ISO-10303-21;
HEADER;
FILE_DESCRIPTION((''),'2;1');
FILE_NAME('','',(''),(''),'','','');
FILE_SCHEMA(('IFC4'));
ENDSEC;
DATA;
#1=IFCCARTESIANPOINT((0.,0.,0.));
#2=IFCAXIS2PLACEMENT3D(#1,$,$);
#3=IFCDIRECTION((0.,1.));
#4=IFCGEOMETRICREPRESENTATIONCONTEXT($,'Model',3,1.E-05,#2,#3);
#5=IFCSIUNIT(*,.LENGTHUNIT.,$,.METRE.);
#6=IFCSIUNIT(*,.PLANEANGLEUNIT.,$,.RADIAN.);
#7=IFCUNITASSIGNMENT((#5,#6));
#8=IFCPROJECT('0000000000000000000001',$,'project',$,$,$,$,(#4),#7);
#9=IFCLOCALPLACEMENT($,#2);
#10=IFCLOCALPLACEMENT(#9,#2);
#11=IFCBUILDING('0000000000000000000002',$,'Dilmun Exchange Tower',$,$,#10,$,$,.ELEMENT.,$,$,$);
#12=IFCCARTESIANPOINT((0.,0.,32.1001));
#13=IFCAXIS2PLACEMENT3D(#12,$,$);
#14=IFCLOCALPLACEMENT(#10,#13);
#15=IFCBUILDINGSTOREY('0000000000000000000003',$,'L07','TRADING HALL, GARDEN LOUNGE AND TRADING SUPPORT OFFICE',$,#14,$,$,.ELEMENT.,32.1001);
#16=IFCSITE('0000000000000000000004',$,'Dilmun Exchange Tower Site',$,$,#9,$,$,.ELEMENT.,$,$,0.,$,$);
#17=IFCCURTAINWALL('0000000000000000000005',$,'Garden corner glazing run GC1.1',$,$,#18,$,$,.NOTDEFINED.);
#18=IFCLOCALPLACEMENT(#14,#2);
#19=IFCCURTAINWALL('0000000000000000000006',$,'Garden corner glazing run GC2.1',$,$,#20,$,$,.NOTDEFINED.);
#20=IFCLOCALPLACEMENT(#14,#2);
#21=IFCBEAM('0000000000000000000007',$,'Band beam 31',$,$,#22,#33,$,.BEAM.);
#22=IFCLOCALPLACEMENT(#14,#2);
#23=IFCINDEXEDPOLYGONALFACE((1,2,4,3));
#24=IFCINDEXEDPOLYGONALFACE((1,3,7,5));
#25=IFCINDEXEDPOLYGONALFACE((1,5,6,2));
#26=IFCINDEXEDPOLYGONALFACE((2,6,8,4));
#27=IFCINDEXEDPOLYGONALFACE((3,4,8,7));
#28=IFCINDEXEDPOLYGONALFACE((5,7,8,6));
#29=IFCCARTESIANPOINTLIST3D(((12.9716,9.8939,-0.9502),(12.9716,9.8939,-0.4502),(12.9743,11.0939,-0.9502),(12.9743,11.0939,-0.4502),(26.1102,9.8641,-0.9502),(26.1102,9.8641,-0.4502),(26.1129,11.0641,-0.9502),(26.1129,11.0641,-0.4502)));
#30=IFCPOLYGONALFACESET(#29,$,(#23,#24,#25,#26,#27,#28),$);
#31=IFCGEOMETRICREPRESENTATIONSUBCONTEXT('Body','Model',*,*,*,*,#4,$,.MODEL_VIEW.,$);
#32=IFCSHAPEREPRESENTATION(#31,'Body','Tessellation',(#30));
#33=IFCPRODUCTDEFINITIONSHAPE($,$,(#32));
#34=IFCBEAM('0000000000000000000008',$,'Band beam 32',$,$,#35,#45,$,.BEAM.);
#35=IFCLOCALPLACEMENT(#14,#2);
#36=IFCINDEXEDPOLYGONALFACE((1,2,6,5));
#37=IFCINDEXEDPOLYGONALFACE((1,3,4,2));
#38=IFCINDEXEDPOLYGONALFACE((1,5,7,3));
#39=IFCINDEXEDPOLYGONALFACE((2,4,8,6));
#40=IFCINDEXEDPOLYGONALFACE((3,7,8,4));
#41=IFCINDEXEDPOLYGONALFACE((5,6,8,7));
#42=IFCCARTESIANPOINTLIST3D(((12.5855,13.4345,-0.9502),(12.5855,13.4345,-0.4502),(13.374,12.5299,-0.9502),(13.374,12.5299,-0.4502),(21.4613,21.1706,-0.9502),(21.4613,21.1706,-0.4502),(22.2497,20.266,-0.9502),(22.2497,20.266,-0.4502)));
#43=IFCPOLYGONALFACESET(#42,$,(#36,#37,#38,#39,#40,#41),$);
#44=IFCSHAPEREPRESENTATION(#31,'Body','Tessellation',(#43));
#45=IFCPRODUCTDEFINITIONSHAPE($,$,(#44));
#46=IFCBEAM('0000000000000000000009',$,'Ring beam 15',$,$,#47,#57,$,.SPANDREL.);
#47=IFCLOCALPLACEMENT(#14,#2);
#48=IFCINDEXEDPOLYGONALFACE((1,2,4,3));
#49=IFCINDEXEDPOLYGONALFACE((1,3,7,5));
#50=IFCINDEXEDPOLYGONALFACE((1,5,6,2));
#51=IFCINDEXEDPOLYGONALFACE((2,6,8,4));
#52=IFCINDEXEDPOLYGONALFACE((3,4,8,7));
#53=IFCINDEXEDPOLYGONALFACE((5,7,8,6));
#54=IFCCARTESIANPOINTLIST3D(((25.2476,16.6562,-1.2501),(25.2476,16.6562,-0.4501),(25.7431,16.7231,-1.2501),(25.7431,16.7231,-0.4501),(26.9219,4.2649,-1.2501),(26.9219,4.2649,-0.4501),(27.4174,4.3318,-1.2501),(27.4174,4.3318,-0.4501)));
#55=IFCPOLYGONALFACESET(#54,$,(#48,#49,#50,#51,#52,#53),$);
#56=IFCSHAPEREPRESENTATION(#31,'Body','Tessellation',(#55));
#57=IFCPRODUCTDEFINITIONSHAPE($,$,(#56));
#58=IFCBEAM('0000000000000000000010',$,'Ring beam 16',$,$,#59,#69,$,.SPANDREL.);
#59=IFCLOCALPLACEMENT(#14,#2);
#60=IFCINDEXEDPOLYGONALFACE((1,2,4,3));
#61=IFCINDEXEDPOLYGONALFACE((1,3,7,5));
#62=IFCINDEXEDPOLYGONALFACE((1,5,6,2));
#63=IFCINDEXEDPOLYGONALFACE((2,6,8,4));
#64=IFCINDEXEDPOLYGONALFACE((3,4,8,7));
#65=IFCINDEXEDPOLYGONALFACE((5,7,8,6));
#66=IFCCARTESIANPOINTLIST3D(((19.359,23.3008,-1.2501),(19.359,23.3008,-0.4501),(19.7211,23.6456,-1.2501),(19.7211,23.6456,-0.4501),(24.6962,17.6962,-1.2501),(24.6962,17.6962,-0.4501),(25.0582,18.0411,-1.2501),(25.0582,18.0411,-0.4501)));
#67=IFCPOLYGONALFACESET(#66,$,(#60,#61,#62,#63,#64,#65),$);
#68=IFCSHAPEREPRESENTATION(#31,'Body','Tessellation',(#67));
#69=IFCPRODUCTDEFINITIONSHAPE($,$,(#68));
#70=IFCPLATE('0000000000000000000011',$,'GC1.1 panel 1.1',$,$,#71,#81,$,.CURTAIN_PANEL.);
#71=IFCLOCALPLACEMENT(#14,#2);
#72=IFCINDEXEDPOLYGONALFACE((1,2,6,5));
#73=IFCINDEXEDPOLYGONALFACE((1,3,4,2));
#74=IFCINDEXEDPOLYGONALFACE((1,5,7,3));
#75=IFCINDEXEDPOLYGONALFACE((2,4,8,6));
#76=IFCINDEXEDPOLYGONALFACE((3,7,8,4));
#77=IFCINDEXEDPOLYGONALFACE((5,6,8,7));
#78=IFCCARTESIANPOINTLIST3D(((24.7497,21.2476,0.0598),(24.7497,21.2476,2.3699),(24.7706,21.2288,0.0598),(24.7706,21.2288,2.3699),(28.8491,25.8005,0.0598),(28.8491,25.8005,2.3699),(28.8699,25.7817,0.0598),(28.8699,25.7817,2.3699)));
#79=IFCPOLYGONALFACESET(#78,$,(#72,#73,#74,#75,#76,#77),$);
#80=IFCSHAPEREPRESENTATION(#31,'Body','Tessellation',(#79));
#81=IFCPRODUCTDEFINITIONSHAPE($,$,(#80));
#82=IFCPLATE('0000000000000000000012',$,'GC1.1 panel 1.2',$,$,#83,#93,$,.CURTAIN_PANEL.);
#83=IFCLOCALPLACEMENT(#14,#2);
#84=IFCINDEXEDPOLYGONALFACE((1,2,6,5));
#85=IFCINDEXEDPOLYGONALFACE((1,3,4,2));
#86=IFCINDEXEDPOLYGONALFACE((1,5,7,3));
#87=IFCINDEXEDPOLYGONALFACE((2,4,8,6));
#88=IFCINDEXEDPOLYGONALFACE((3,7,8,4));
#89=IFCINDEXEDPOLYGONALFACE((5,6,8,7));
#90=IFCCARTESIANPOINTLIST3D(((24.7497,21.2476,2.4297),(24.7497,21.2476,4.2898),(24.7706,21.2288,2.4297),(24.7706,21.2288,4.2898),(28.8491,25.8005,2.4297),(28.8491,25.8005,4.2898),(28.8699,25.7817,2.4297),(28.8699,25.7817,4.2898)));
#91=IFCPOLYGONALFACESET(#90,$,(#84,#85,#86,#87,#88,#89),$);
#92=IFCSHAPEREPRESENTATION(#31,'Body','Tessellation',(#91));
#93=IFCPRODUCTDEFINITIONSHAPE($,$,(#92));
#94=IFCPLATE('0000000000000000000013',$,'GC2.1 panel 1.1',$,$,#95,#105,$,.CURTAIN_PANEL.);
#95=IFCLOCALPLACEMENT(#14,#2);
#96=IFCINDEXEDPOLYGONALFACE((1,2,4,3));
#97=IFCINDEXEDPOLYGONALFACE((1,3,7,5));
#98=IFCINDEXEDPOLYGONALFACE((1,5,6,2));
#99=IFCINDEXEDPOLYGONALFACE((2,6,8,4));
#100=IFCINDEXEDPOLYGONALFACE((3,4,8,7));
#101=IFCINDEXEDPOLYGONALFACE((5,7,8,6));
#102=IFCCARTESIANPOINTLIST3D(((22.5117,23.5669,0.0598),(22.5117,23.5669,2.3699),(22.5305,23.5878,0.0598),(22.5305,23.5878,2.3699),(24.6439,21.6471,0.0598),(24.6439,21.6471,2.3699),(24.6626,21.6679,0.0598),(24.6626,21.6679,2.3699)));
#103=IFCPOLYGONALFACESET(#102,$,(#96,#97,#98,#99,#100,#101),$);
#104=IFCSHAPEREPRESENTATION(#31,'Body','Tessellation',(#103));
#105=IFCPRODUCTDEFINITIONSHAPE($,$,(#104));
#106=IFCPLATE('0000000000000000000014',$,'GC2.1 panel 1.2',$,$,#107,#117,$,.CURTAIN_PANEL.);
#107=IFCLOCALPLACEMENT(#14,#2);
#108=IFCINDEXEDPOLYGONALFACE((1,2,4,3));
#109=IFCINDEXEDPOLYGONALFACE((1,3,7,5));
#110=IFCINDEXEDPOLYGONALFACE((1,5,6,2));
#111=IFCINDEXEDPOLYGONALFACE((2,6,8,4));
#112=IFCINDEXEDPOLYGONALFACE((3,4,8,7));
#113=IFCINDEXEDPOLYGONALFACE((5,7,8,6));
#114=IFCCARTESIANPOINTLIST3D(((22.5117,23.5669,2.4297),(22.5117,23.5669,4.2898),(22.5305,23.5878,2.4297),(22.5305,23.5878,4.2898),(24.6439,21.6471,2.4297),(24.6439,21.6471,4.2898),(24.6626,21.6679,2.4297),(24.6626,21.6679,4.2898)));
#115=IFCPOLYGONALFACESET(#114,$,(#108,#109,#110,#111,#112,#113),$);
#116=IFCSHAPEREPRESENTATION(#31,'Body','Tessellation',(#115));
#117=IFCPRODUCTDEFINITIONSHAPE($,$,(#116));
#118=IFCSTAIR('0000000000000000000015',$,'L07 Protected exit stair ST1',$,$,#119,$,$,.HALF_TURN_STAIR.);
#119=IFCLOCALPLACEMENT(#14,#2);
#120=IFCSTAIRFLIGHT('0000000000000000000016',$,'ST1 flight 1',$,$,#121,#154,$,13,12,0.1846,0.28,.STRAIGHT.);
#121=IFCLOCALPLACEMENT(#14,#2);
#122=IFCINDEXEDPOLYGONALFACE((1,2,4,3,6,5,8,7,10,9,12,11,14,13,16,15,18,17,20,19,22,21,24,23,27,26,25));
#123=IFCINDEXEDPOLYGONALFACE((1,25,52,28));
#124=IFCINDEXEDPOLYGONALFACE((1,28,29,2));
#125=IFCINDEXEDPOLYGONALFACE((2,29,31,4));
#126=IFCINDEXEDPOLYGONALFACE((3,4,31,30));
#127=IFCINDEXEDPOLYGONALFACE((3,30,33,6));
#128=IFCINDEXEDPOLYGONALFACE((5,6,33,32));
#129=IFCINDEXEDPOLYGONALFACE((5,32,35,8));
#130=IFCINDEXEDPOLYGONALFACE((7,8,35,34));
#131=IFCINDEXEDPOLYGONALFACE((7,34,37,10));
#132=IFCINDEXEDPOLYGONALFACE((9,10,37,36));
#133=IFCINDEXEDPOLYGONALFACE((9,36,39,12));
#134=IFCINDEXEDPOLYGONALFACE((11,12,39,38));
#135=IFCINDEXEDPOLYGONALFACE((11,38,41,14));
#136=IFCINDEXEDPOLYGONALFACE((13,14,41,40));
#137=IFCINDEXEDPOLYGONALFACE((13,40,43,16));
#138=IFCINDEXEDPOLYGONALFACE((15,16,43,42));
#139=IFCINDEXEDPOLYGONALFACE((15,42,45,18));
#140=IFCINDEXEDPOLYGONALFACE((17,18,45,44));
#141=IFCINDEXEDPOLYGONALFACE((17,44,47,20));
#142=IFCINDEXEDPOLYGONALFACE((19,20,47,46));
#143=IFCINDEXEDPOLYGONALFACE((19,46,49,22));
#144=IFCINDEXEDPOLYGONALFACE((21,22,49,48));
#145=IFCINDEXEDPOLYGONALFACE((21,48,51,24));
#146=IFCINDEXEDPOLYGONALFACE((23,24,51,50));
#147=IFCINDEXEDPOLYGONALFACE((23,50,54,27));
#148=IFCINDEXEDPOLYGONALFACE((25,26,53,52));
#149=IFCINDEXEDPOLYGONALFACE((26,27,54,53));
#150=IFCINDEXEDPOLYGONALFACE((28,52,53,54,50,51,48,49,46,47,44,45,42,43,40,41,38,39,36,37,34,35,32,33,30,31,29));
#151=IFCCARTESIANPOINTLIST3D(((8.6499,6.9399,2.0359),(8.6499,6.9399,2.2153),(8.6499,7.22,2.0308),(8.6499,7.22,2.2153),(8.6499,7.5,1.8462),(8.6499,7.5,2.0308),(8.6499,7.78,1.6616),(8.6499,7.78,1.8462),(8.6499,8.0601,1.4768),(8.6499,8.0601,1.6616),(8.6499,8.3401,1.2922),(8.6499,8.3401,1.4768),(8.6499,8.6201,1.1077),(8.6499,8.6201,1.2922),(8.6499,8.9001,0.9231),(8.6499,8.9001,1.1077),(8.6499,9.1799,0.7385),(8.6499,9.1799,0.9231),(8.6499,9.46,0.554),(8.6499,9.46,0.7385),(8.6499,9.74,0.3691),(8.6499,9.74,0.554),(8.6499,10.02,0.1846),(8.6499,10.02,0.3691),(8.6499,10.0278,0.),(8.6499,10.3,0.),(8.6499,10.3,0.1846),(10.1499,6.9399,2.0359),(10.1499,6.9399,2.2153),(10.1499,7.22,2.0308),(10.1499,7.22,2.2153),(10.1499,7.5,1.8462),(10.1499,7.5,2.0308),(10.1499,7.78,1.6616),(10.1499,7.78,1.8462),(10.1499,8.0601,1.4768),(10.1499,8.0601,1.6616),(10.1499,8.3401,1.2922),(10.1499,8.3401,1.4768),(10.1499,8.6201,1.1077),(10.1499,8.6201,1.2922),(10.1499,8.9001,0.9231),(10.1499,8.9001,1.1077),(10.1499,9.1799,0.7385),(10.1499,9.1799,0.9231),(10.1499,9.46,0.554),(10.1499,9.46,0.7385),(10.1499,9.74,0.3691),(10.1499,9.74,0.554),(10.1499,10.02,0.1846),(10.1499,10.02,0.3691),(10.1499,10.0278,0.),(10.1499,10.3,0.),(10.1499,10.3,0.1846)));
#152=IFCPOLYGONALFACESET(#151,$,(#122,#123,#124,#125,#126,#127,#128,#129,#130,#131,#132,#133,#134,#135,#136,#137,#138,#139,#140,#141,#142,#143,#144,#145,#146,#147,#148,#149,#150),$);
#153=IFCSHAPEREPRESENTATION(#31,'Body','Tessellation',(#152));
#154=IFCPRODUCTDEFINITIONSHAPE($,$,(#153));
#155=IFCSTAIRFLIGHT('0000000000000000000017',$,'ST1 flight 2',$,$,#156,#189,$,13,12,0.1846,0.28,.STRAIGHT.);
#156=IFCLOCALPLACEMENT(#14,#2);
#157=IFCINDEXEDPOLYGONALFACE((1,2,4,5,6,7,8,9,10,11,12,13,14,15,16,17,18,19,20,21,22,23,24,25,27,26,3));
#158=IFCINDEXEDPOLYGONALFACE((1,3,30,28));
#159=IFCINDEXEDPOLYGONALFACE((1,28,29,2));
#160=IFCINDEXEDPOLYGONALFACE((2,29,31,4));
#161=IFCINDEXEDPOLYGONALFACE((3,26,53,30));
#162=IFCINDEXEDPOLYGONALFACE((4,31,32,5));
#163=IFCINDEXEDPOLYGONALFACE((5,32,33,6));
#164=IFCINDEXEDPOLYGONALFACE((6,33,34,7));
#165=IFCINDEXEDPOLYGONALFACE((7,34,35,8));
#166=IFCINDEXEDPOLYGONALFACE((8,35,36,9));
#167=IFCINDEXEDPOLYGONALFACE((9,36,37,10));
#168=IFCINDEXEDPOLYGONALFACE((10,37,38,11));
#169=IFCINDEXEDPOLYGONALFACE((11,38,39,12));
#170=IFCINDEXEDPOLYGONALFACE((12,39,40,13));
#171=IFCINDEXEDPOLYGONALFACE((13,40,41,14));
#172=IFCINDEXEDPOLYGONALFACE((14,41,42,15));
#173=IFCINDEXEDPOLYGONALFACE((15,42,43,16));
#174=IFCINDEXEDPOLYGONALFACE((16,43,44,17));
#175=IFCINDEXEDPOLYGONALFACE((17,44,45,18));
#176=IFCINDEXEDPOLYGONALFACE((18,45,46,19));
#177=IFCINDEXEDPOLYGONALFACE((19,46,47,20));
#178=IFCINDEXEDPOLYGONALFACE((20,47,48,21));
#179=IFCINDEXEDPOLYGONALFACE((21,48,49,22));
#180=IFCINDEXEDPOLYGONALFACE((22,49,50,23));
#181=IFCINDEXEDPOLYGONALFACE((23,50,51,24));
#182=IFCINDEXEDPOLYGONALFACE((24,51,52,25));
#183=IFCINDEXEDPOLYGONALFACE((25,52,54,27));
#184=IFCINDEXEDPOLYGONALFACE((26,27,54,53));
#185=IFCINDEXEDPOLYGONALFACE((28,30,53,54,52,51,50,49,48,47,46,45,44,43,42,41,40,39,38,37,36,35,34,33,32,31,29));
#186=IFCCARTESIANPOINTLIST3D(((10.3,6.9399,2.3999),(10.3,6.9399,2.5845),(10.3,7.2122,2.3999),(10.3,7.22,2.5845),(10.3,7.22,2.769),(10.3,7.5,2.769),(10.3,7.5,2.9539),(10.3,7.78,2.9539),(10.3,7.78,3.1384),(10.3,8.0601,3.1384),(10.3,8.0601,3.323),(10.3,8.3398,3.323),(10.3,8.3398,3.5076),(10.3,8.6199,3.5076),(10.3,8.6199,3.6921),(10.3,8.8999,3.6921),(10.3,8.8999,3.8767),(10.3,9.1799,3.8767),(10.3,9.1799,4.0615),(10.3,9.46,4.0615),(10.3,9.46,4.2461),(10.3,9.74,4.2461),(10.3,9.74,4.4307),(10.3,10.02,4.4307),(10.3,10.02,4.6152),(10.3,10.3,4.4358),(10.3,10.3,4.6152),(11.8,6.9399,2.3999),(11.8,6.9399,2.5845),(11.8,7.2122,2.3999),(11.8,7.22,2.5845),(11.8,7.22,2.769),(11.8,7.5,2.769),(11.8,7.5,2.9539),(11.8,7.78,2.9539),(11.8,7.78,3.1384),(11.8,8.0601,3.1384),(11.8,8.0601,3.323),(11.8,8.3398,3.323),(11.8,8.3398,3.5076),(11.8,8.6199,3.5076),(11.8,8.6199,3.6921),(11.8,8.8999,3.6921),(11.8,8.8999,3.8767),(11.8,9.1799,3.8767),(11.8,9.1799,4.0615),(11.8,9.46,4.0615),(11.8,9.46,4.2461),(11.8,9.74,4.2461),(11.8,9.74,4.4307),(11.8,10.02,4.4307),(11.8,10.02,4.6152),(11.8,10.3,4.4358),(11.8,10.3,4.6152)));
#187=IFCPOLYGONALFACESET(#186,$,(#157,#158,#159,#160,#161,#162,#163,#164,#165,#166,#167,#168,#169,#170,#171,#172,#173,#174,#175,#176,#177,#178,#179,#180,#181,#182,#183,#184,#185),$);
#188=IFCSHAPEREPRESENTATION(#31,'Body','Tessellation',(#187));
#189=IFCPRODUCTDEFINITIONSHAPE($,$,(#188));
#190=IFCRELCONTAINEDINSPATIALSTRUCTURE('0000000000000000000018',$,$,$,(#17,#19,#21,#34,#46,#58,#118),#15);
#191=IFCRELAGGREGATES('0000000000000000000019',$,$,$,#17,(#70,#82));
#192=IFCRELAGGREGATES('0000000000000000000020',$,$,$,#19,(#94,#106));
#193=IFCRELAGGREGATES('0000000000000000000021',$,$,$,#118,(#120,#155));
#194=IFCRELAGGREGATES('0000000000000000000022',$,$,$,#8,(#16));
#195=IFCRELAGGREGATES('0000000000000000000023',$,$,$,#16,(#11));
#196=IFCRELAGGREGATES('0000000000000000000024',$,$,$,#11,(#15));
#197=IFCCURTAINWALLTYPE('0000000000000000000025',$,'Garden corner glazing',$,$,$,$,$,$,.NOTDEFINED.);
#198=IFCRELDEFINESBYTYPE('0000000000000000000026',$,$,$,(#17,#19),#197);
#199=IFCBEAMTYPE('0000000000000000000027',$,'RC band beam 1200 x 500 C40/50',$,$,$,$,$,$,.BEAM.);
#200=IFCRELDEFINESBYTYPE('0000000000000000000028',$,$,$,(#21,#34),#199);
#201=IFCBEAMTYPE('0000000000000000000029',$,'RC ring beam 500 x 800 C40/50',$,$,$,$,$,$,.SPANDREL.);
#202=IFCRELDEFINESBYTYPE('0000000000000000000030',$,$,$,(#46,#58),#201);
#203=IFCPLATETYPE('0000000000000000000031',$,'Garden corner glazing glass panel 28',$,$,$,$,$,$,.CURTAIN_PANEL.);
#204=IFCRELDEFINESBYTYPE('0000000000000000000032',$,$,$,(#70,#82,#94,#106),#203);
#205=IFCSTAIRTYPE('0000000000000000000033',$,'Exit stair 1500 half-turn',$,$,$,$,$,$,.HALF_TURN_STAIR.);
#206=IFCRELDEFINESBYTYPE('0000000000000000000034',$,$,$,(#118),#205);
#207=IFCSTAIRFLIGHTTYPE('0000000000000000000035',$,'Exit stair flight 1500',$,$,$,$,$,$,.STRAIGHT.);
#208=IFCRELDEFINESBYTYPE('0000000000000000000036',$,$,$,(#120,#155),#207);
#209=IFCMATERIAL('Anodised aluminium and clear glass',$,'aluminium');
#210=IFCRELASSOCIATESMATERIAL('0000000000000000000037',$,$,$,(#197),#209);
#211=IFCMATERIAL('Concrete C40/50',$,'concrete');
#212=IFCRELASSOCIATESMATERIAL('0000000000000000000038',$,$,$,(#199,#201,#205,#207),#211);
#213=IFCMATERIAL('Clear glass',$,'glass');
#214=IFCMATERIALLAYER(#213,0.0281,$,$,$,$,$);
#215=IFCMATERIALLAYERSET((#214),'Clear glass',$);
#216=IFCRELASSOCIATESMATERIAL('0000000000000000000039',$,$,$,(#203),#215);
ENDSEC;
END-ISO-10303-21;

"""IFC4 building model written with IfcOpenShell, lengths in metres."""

from ifc_helpers import new_model, si_unit, direction, frame, origin, origin_2d, place, context, subcontext, project, spatial, polyline, rectangle, outline, extrude, material, layer, layer_set, material_profile, profile_set, type_object, element, aggregate, save


model = new_model("IFC4")

# Units and contexts
model_context = context("Model", 3, precision=1e-05, world=origin(), true_north=direction((0.0, 1.0)))
body_context = subcontext(model_context, "Body", "Model", "MODEL_VIEW")
ifc_project = project(units=[si_unit("LENGTHUNIT", "METRE"), si_unit("PLANEANGLEUNIT", "RADIAN")], contexts=[model_context])

# Site, building, storey
site_placement = place(None, origin())
site = spatial("IfcSite", under=ifc_project, at=site_placement, Name="Dilmun Exchange Tower Site", CompositionType="ELEMENT", RefElevation=0.0)
building_placement = place(site_placement, origin())
building = spatial("IfcBuilding", under=site, at=building_placement, Name="Dilmun Exchange Tower", CompositionType="ELEMENT")
storey_placement = place(building_placement, frame((0.0, 0.0, 32.1001)))
storey = spatial("IfcBuildingStorey", under=building, at=storey_placement, Name="L07", Description="TRADING HALL, GARDEN LOUNGE AND TRADING SUPPORT OFFICE", CompositionType="ELEMENT", Elevation=32.1001)

# Curtain wall
ifc_material_1 = material(Name="Anodised aluminium and clear glass", Category="aluminium")
curtain_wall_type = type_object("IfcCurtainWallType", Name="Garden corner glazing", PredefinedType="NOTDEFINED", material=ifc_material_1)
curtain_wall_1_placement = place(storey_placement, origin())
curtain_wall_1 = element("IfcCurtainWall", 1, at=curtain_wall_1_placement, inside=storey, type_object=curtain_wall_type, Name="Garden corner glazing run GC1.1", PredefinedType="NOTDEFINED")

# Curtain wall
curtain_wall_2_placement = place(storey_placement, origin())
curtain_wall_2 = element("IfcCurtainWall", 2, at=curtain_wall_2_placement, inside=storey, type_object=curtain_wall_type, Name="Garden corner glazing run GC2.1", PredefinedType="NOTDEFINED")

# Beams
ifc_material_2 = material(Name="Concrete C40/50", Category="concrete")
ifc_material_profile_1 = material_profile(ifc_material_2, rectangle(XDim=1.2, YDim=0.5, at=origin_2d()), Name="1200 x 500")
ifc_profile_set_1 = profile_set([ifc_material_profile_1], Name="Concrete C40/50")
beam_type_1 = type_object("IfcBeamType", Name="RC band beam 1200 x 500 C40/50", PredefinedType="BEAM", material=ifc_profile_set_1)
beam_1_placement = place(storey_placement, frame((26.1116, 10.4641, -0.7002), z_axis=(-0.999997, 0.002267, 0.0), x_axis=(-0.002267, -0.999997, 0.0)))
element("IfcBeam", 3, at=beam_1_placement, inside=storey, type_object=beam_type_1, Name="Band beam 31", PredefinedType="BEAM", context=body_context, shape_type="SweptSolid", body=[
    extrude(rectangle(XDim=1.2, YDim=0.5, at=origin_2d()), origin(), (0.0, 0.0, 1.0), 13.1387),
])
beam_2_placement = place(storey_placement, frame((21.8555, 20.7183, -0.7002), z_axis=(-0.753846, -0.657052, 0.0), x_axis=(0.657052, -0.753846, 0.0)))
element("IfcBeam", 4, at=beam_2_placement, inside=storey, type_object=beam_type_1, Name="Band beam 32", PredefinedType="BEAM", context=body_context, shape_type="SweptSolid", body=[
    extrude(rectangle(XDim=1.2, YDim=0.5, at=origin_2d()), origin(), (0.0, 0.0, 1.0), 11.7739),
])
ifc_material_profile_2 = material_profile(ifc_material_2, rectangle(XDim=0.5, YDim=0.8, at=origin_2d()), Name="500 x 800")
ifc_profile_set_2 = profile_set([ifc_material_profile_2], Name="Concrete C40/50")
beam_type_2 = type_object("IfcBeamType", Name="RC ring beam 500 x 800 C40/50", PredefinedType="SPANDREL", material=ifc_profile_set_2)
beam_3_placement = place(storey_placement, frame((27.1697, 4.2983, -0.8501), z_axis=(-0.133903, 0.990994, 0.0), x_axis=(-0.990994, -0.133903, 0.0)))
element("IfcBeam", 5, at=beam_3_placement, inside=storey, type_object=beam_type_2, Name="Ring beam 15", PredefinedType="SPANDREL", context=body_context, shape_type="SweptSolid", body=[
    extrude(rectangle(XDim=0.5, YDim=0.8, at=origin_2d()), origin(), (0.0, 0.0, 1.0), 12.5039),
])
beam_4_placement = place(storey_placement, frame((24.8772, 17.8687, -0.8501), z_axis=(-0.689624, 0.724167, 0.0), x_axis=(-0.724167, -0.689624, 0.0)))
element("IfcBeam", 6, at=beam_4_placement, inside=storey, type_object=beam_type_2, Name="Ring beam 16", PredefinedType="SPANDREL", context=body_context, shape_type="SweptSolid", body=[
    extrude(rectangle(XDim=0.5, YDim=0.8, at=origin_2d()), origin(), (0.0, 0.0, 1.0), 7.7393),
])

# Plates
ifc_material_3 = material(Name="Clear glass", Category="glass")
ifc_layer_1 = layer(ifc_material_3, 0.0281)
ifc_layer_set_1 = layer_set([ifc_layer_1], Name="Clear glass")
plate_type = type_object("IfcPlateType", Name="Garden corner glazing glass panel 28", PredefinedType="CURTAIN_PANEL", material=ifc_layer_set_1)
plate_1_placement = place(storey_placement, frame((26.8098, 23.5146, 0.0598), z_axis=(0.0, 0.0, 1.0), x_axis=(-0.669125, -0.74315, 0.0)))
plate_1 = element("IfcPlate", 7, at=plate_1_placement, type_object=plate_type, Name="GC1.1 panel 1.1", PredefinedType="CURTAIN_PANEL", context=body_context, shape_type="SweptSolid", body=[
    extrude(rectangle(XDim=6.1265, YDim=0.0281, at=origin_2d()), origin(), (0.0, 0.0, 1.0), 2.3101),
])
plate_2_placement = place(storey_placement, frame((26.8098, 23.5146, 2.4297), z_axis=(0.0, 0.0, 1.0), x_axis=(-0.669125, -0.74315, 0.0)))
plate_2 = element("IfcPlate", 8, at=plate_2_placement, type_object=plate_type, Name="GC1.1 panel 1.2", PredefinedType="CURTAIN_PANEL", context=body_context, shape_type="SweptSolid", body=[
    extrude(rectangle(XDim=6.1265, YDim=0.0281, at=origin_2d()), origin(), (0.0, 0.0, 1.0), 1.8601),
])
aggregate(curtain_wall_1, [plate_1, plate_2])
plate_3_placement = place(storey_placement, frame((23.5872, 22.6174, 0.0598), z_axis=(0.0, 0.0, 1.0), x_axis=(-0.743139, 0.669137, 0.0)))
plate_3 = element("IfcPlate", 9, at=plate_3_placement, type_object=plate_type, Name="GC2.1 panel 1.1", PredefinedType="CURTAIN_PANEL", context=body_context, shape_type="SweptSolid", body=[
    extrude(rectangle(XDim=2.8691, YDim=0.0281, at=origin_2d()), origin(), (0.0, 0.0, 1.0), 2.3101),
])
plate_4_placement = place(storey_placement, frame((23.5872, 22.6174, 2.4297), z_axis=(0.0, 0.0, 1.0), x_axis=(-0.743139, 0.669137, 0.0)))
plate_4 = element("IfcPlate", 10, at=plate_4_placement, type_object=plate_type, Name="GC2.1 panel 1.2", PredefinedType="CURTAIN_PANEL", context=body_context, shape_type="SweptSolid", body=[
    extrude(rectangle(XDim=2.8691, YDim=0.0281, at=origin_2d()), origin(), (0.0, 0.0, 1.0), 1.8601),
])
aggregate(curtain_wall_2, [plate_3, plate_4])

# Stair, stair flights
stair_type = type_object("IfcStairType", Name="Exit stair 1500 half-turn", PredefinedType="HALF_TURN_STAIR", material=ifc_material_2)
stair_placement = place(storey_placement, origin())
stair = element("IfcStair", 11, at=stair_placement, inside=storey, type_object=stair_type, Name="L07 Protected exit stair ST1", PredefinedType="HALF_TURN_STAIR")
stair_flight_type = type_object("IfcStairFlightType", Name="Exit stair flight 1500", PredefinedType="STRAIGHT", material=ifc_material_2)
stair_flight_1_placement = place(storey_placement, frame((9.3999, 10.3, 0.0), z_axis=(0.0, 0.0, 1.0), x_axis=(0.0, -1.0, 0.0)))
stair_flight_1 = element("IfcStairFlight", 12, at=stair_flight_1_placement, type_object=stair_flight_type, Name="ST1 flight 1", NumberOfRisers=13, NumberOfTreads=12, PredefinedType="STRAIGHT", RiserHeight=0.1846, TreadLength=0.28, context=body_context, shape_type="SweptSolid", body=[
    extrude(outline(polyline([(0.0, 0.0), (0.0, 0.1846), (0.28, 0.1846), (0.28, 0.3691), (0.5601, 0.3691), (0.5601, 0.554), (0.8401, 0.554), (0.8401, 0.7385), (1.1201, 0.7385), (1.1201, 0.9231), (1.3999, 0.9231), (1.3999, 1.1077), (1.6799, 1.1077), (1.6799, 1.2922), (1.96, 1.2922), (1.96, 1.4768), (2.24, 1.4768), (2.24, 1.6616), (2.52, 1.6616), (2.52, 1.8462), (2.8, 1.8462), (2.8, 2.0308), (3.0801, 2.0308), (3.0801, 2.2153), (3.3601, 2.2153), (3.3601, 2.3999), (3.3601, 2.0359), (0.2722, 0.0), (0.0, 0.0)])), frame((0.0, 0.75, 0.0), z_axis=(0.0, -1.0, 0.0), x_axis=(1.0, 0.0, 0.0)), (0.0, 0.0, 1.0), 1.5),
])
stair_flight_2_placement = place(storey_placement, frame((11.05, 6.9399, 2.3999), z_axis=(0.0, 0.0, 1.0), x_axis=(0.0, 1.0, 0.0)))
stair_flight_2 = element("IfcStairFlight", 13, at=stair_flight_2_placement, type_object=stair_flight_type, Name="ST1 flight 2", NumberOfRisers=13, NumberOfTreads=12, PredefinedType="STRAIGHT", RiserHeight=0.1846, TreadLength=0.28, context=body_context, shape_type="SweptSolid", body=[
    extrude(outline(polyline([(0.0, 0.0), (0.0, 0.1846), (0.28, 0.1846), (0.28, 0.3691), (0.5601, 0.3691), (0.5601, 0.554), (0.8401, 0.554), (0.8401, 0.7385), (1.1201, 0.7385), (1.1201, 0.9231), (1.3999, 0.9231), (1.3999, 1.1077), (1.6799, 1.1077), (1.6799, 1.2922), (1.96, 1.2922), (1.96, 1.4768), (2.24, 1.4768), (2.24, 1.6616), (2.52, 1.6616), (2.52, 1.8462), (2.8, 1.8462), (2.8, 2.0308), (3.0801, 2.0308), (3.0801, 2.2153), (3.3601, 2.2153), (3.3601, 2.3999), (3.3601, 2.0359), (0.2722, 0.0), (0.0, 0.0)])), frame((0.0, 0.75, 0.0), z_axis=(0.0, -1.0, 0.0), x_axis=(1.0, 0.0, 0.0)), (0.0, 0.0, 1.0), 1.5),
])
aggregate(stair, [stair_flight_1, stair_flight_2])

save(model, "model.ifc")
